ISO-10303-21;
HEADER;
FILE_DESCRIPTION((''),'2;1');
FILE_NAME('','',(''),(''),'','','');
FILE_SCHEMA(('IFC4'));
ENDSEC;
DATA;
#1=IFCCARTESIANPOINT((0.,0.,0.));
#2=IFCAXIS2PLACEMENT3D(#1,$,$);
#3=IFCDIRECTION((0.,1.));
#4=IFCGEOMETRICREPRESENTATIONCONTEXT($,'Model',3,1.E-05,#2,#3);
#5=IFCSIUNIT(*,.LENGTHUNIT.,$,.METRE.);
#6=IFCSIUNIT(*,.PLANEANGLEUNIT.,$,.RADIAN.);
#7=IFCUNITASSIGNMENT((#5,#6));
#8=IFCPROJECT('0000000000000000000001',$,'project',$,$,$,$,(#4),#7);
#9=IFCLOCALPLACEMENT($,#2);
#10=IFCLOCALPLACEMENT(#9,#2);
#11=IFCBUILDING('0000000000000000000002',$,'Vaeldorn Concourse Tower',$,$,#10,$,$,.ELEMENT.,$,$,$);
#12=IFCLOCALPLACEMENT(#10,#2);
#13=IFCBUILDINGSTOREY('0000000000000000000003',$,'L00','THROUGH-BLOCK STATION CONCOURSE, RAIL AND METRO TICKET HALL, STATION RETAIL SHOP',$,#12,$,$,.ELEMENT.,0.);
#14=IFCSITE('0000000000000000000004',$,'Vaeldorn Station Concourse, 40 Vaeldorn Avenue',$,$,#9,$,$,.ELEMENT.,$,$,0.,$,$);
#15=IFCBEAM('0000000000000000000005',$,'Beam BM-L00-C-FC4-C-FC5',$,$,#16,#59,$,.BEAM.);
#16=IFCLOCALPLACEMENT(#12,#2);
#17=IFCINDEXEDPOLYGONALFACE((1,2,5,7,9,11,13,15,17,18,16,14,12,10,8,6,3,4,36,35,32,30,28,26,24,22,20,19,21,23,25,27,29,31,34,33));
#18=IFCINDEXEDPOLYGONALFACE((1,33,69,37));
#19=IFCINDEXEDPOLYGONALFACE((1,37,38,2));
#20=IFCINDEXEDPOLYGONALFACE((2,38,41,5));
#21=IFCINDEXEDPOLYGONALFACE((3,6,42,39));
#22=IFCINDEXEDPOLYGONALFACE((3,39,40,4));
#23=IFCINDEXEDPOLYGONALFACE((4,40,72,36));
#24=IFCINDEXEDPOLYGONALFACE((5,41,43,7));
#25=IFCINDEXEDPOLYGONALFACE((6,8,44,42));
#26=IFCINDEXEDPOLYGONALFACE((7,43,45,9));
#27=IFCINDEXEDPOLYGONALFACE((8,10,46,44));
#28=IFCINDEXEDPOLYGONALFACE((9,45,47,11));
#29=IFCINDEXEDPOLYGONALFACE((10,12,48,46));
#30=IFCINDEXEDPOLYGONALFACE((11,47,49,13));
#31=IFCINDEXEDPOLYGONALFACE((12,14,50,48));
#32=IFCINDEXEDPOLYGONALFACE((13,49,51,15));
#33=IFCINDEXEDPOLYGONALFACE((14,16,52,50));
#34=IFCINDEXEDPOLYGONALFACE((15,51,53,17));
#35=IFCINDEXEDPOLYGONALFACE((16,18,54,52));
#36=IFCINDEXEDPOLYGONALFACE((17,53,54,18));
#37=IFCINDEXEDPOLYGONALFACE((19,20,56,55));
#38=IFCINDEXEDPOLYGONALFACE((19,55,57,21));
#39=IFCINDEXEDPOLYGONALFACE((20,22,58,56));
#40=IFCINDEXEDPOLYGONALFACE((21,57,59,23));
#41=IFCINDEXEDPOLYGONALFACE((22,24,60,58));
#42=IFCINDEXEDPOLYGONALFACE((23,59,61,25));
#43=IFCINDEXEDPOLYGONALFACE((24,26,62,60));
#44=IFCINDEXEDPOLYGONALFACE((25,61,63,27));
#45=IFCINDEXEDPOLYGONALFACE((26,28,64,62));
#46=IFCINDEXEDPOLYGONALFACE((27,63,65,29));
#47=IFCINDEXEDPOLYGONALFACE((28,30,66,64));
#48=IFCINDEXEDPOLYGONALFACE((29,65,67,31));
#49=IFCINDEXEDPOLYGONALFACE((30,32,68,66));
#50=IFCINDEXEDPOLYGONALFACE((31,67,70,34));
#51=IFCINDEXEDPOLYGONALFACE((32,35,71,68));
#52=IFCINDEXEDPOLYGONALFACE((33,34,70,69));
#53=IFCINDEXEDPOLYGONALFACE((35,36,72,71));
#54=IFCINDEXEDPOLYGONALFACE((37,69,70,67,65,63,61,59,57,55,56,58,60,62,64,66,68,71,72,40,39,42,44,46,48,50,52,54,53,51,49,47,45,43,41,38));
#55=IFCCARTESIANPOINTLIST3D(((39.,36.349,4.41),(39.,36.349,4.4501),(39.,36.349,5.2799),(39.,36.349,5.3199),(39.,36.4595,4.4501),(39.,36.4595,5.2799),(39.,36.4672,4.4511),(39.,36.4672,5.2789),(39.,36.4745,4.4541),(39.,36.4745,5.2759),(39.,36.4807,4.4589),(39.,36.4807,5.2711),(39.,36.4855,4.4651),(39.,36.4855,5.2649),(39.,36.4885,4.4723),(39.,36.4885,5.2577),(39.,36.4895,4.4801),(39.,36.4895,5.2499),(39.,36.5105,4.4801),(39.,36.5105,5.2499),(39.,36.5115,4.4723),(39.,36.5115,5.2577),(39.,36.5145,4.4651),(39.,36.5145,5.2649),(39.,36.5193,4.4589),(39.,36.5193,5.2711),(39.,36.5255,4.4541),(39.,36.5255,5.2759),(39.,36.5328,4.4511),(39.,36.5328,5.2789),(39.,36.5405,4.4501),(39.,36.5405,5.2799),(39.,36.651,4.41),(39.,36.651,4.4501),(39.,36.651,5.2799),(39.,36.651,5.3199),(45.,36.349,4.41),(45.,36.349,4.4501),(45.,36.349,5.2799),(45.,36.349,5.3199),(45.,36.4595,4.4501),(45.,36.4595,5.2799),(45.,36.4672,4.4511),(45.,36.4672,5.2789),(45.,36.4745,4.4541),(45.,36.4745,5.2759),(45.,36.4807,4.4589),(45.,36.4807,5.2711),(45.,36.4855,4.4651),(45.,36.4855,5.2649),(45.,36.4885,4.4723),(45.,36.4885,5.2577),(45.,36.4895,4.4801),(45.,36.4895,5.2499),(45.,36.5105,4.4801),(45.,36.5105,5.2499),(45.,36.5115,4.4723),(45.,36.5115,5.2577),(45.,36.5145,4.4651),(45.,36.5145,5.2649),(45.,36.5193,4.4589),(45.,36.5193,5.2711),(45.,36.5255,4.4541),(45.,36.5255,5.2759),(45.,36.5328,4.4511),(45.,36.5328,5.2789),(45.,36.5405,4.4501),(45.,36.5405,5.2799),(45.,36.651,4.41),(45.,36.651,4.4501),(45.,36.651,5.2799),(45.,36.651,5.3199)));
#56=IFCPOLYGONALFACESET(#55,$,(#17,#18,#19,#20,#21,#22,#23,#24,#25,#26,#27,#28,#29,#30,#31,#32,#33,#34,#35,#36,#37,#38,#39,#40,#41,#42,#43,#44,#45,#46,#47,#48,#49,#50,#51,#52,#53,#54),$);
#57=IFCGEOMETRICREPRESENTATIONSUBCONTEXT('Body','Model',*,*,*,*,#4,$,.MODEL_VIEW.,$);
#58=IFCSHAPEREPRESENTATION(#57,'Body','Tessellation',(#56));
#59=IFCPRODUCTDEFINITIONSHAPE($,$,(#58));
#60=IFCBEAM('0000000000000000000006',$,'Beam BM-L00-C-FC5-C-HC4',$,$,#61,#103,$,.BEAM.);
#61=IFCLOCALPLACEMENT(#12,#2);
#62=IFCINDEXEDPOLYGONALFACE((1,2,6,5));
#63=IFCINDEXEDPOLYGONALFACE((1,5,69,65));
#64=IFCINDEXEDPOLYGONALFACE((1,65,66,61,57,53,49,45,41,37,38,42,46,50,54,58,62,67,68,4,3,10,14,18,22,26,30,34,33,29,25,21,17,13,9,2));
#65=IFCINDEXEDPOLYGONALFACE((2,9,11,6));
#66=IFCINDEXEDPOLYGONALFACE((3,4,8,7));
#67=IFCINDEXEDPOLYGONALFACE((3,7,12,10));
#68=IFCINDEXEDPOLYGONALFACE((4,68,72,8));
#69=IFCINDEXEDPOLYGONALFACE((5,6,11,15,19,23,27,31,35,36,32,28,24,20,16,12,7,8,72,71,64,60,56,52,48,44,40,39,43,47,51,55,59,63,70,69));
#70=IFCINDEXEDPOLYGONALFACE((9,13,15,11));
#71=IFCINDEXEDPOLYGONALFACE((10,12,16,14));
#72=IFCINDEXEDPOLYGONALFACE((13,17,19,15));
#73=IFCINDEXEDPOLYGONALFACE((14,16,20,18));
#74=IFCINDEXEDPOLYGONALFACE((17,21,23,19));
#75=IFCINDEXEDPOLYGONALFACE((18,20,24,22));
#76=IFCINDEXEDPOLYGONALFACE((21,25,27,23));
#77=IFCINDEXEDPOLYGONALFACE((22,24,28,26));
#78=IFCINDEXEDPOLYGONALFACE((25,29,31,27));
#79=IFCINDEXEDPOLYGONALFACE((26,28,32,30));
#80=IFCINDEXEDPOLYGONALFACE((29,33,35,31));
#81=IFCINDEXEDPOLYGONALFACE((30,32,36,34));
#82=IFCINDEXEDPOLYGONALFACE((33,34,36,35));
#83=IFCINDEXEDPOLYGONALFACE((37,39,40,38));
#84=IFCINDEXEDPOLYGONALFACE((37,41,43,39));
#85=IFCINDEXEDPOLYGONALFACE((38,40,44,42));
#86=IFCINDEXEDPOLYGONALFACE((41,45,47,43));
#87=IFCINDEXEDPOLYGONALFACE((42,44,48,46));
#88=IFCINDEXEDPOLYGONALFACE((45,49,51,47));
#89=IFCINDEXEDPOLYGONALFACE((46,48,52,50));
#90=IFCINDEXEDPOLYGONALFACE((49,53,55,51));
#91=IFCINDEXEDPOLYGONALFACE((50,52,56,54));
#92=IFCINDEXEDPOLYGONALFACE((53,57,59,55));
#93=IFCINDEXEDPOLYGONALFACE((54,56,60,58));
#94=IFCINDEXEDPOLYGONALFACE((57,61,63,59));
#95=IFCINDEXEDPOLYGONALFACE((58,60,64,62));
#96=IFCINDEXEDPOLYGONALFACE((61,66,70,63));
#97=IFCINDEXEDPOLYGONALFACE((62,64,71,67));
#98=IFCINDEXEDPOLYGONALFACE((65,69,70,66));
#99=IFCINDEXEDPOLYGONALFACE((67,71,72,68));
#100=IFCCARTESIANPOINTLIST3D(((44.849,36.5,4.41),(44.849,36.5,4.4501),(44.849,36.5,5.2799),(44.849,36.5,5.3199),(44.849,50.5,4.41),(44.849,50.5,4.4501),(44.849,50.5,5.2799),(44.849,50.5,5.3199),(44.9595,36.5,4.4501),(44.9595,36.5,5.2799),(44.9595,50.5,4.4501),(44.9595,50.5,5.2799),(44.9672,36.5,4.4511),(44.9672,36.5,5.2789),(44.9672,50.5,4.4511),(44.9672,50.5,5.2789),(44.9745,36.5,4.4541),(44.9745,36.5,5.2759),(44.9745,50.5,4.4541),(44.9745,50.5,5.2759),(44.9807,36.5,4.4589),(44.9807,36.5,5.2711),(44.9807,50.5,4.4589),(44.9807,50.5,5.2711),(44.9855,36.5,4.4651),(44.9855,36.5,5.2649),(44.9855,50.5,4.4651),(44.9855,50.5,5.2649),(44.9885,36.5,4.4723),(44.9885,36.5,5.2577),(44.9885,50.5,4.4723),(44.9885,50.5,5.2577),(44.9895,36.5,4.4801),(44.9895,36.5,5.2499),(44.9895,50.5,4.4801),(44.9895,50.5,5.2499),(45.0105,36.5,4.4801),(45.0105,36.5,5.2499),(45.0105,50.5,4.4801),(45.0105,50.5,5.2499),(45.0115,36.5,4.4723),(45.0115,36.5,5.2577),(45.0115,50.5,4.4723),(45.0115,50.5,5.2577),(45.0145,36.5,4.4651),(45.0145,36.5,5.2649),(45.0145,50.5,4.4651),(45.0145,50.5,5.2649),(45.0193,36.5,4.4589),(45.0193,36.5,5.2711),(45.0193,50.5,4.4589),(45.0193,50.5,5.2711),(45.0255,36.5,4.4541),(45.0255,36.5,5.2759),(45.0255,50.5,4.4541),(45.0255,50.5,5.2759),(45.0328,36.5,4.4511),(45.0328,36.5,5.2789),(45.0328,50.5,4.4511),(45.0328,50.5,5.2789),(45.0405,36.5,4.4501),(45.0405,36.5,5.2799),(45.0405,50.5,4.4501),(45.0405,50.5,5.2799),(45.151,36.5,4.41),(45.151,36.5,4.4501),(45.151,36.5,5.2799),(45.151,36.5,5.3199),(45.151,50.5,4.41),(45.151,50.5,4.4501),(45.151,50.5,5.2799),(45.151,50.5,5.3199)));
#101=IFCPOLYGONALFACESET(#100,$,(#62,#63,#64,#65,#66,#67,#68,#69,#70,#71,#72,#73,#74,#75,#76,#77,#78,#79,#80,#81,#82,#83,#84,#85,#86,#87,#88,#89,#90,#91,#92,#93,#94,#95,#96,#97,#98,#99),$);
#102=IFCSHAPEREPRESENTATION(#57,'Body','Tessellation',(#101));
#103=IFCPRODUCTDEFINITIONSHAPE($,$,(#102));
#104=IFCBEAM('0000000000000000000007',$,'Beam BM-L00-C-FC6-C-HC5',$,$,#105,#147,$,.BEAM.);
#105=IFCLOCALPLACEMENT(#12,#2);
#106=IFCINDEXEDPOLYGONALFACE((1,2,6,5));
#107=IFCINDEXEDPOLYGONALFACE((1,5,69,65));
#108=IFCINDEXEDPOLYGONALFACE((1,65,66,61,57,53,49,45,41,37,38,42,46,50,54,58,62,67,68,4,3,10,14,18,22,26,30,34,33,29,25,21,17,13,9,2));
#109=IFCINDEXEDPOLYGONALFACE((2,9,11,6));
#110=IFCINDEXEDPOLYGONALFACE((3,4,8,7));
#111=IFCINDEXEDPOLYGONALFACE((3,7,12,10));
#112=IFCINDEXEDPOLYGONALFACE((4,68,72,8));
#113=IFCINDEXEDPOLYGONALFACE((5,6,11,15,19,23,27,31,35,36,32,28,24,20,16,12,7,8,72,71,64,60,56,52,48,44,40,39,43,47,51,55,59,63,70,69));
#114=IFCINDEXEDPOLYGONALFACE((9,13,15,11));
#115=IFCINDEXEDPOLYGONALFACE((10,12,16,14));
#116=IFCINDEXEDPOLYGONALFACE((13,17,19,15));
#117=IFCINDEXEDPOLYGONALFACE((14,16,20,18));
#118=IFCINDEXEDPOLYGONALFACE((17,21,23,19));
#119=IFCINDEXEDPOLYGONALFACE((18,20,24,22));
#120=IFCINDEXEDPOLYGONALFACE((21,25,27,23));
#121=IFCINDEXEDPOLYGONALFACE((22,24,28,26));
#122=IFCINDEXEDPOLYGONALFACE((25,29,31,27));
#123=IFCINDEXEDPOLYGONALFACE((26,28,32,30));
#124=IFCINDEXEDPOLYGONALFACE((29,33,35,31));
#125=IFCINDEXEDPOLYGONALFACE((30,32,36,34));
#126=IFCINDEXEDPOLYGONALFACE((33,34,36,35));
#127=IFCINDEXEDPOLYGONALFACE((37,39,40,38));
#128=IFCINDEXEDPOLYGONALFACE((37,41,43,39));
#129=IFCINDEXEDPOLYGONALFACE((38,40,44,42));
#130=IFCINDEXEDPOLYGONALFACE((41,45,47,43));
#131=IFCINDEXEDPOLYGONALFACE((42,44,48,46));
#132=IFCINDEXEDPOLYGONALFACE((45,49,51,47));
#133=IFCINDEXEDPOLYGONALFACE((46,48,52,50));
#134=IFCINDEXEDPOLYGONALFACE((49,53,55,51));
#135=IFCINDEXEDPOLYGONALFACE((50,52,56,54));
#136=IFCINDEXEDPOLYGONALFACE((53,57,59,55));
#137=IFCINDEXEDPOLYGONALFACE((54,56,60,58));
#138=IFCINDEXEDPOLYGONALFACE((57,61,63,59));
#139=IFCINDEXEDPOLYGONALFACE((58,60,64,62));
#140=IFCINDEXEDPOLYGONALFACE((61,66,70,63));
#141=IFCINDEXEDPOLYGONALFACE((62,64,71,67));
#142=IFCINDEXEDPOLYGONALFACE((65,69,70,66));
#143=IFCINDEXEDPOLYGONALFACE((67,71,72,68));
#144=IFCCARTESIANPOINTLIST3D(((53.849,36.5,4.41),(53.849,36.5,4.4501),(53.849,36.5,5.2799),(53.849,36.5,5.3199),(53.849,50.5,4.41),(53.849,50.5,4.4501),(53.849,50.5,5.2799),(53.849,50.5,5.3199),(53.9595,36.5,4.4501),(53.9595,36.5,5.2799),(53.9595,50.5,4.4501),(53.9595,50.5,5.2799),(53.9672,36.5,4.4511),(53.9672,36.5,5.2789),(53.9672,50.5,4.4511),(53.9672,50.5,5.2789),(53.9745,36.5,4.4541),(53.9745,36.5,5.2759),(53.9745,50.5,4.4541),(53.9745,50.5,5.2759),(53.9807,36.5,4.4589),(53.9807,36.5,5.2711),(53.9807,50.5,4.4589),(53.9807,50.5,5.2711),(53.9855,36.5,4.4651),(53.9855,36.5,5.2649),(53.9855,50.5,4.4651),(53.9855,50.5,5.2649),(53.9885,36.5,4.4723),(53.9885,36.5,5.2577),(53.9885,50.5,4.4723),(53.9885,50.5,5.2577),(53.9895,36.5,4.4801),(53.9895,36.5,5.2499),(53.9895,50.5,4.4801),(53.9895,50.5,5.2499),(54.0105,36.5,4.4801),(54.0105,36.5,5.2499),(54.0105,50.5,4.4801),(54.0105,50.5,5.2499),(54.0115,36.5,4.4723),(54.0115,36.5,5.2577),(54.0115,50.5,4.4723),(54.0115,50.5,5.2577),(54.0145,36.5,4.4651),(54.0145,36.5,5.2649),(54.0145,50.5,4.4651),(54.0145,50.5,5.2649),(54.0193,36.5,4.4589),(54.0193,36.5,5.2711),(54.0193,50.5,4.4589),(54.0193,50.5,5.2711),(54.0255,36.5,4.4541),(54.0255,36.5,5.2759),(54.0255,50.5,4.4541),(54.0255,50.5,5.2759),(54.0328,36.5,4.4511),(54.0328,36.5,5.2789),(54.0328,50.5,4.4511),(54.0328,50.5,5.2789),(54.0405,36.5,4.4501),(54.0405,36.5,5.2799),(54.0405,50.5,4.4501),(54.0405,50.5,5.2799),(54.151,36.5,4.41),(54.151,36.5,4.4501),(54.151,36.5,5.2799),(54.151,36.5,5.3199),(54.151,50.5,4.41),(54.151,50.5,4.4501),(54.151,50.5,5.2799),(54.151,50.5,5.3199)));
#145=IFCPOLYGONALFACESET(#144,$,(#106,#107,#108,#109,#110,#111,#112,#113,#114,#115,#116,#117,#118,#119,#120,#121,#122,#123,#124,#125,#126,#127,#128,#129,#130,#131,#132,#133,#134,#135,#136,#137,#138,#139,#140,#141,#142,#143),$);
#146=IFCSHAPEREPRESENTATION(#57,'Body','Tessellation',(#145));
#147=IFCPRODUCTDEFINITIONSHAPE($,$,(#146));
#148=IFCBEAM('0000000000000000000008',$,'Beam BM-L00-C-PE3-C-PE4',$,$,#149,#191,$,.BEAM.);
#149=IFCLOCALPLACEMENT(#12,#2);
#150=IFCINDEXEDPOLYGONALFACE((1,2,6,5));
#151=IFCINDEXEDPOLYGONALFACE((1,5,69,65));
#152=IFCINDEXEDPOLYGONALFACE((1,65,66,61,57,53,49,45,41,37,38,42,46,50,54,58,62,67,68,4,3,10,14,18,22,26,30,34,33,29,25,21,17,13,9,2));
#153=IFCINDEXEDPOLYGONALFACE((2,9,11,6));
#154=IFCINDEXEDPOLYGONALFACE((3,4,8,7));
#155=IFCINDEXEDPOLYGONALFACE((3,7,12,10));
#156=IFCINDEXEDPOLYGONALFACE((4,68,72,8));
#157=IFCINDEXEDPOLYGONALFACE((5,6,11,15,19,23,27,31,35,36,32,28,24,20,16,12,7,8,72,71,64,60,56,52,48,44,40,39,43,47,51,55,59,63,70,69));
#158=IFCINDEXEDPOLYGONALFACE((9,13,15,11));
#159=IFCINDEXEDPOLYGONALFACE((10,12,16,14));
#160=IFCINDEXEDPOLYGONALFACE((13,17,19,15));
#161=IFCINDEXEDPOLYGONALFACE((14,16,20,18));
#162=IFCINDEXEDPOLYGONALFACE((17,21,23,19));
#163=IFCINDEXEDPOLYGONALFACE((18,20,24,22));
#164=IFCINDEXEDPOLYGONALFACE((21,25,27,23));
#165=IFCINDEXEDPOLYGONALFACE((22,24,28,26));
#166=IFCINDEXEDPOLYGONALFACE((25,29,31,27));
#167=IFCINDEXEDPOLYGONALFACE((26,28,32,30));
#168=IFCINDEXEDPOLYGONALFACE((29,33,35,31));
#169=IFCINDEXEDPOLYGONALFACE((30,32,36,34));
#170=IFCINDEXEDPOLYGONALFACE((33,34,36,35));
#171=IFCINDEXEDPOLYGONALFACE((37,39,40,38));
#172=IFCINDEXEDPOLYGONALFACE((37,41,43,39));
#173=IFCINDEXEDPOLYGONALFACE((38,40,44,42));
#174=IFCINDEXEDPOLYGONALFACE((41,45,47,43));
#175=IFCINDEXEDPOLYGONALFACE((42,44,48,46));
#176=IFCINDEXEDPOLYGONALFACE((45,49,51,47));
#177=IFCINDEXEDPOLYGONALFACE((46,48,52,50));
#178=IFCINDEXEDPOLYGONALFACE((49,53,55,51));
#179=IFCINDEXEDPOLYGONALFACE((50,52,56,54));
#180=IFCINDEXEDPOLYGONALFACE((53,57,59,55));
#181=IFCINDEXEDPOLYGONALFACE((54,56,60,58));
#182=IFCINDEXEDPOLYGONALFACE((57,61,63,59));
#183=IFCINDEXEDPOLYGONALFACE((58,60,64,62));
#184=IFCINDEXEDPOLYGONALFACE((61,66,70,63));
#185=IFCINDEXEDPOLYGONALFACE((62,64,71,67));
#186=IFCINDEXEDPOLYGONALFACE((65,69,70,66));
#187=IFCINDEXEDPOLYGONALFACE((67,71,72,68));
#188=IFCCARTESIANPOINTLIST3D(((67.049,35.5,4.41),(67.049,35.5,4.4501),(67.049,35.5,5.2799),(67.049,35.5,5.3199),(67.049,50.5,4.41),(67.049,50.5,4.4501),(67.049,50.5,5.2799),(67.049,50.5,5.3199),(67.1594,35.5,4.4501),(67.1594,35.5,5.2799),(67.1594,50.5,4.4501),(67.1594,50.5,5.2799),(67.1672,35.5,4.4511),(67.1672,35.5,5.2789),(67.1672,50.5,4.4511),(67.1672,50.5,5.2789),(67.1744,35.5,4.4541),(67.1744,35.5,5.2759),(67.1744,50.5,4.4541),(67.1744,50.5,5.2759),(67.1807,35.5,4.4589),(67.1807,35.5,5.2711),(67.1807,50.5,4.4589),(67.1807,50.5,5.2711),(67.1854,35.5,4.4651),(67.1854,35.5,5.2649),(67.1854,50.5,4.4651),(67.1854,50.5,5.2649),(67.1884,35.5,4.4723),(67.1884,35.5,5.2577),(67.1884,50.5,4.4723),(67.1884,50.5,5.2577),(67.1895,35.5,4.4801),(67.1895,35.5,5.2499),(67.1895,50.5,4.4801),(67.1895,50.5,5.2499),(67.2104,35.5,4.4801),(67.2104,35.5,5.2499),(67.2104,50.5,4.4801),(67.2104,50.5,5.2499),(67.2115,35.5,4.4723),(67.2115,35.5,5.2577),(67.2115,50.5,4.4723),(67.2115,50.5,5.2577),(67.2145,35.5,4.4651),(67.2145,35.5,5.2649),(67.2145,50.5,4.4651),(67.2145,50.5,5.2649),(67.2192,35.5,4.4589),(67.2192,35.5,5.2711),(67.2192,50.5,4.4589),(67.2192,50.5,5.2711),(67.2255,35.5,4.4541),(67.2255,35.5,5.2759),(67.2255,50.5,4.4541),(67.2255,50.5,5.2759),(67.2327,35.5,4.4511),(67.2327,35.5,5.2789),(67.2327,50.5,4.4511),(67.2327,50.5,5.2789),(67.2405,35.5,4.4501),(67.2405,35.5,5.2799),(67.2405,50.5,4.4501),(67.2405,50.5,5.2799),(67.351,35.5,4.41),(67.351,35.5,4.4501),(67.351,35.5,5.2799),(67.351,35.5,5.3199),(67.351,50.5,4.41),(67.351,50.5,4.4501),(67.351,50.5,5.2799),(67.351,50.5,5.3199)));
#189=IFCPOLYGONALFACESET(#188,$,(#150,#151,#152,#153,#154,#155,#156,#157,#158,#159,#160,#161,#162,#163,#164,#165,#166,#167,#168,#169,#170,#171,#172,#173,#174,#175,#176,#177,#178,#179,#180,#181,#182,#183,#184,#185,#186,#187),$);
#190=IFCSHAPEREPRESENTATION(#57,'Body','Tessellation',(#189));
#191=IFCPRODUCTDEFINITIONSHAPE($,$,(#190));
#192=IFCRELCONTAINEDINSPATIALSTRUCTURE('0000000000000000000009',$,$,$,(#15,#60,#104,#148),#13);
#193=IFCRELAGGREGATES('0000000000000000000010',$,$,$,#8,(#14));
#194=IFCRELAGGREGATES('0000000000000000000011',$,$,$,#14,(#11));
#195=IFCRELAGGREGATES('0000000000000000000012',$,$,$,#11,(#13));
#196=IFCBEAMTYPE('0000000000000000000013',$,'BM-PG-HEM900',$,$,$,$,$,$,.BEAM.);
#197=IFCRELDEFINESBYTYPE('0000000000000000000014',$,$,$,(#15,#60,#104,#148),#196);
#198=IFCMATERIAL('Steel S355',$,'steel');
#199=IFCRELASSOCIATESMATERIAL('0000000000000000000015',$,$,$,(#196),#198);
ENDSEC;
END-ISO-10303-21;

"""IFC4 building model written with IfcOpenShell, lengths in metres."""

from ifc_helpers import new_model, si_unit, direction, frame, origin, origin_2d, place, context, subcontext, project, spatial, i_section, extrude, source, transform, mapped, material, material_profile, profile_set, type_object, element, save


model = new_model("IFC4")

# Units and contexts
model_context = context("Model", 3, precision=1e-05, world=origin(), true_north=direction((0.0, 1.0)))
body_context = subcontext(model_context, "Body", "Model", "MODEL_VIEW")
ifc_project = project(units=[si_unit("LENGTHUNIT", "METRE"), si_unit("PLANEANGLEUNIT", "RADIAN")], contexts=[model_context])

# Site, building, storey
site_placement = place(None, origin())
site = spatial("IfcSite", under=ifc_project, at=site_placement, Name="Vaeldorn Station Concourse, 40 Vaeldorn Avenue", CompositionType="ELEMENT", RefElevation=0.0)
building_placement = place(site_placement, origin())
building = spatial("IfcBuilding", under=site, at=building_placement, Name="Vaeldorn Concourse Tower", CompositionType="ELEMENT")
storey_placement = place(building_placement, origin())
storey = spatial("IfcBuildingStorey", under=building, at=storey_placement, Name="L00", Description="THROUGH-BLOCK STATION CONCOURSE, RAIL AND METRO TICKET HALL, STATION RETAIL SHOP", CompositionType="ELEMENT", Elevation=0.0)

# Beams
ifc_material_1 = material(Name="Steel S355", Category="steel")
ifc_material_profile_1 = material_profile(ifc_material_1, i_section(OverallWidth=0.302, OverallDepth=0.9099, WebThickness=0.021, FlangeThickness=0.04, FilletRadius=0.03, at=origin_2d()), Name="HEM 900")
ifc_profile_set_1 = profile_set([ifc_material_profile_1], Name="Steel S355")
beam_type_1 = type_object("IfcBeamType", Name="BM-PG-HEM900", PredefinedType="BEAM", material=ifc_profile_set_1)
shared_shape_1 = source(origin(), body_context, "Body", "SweptSolid", [
    extrude(i_section(OverallWidth=0.302, OverallDepth=0.9099, WebThickness=0.021, FlangeThickness=0.04, FilletRadius=0.03, at=origin_2d()), origin(), (0.0, 0.0, 1.0), 6.0),
])
beam_1_placement = place(storey_placement, frame((39.0, 36.5, 4.865), z_axis=(1.0, 0.0, 0.0), x_axis=(0.0, 1.0, 0.0)))
element("IfcBeam", 1, at=beam_1_placement, inside=storey, type_object=beam_type_1, Name="Beam BM-L00-C-FC4-C-FC5", PredefinedType="BEAM", context=body_context, shape_type="MappedRepresentation", body=[
    mapped(shared_shape_1, transform((0.0, 0.0, 0.0), scale=1.0)),
])
shared_shape_2 = source(origin(), body_context, "Body", "SweptSolid", [
    extrude(i_section(OverallWidth=0.302, OverallDepth=0.9099, WebThickness=0.021, FlangeThickness=0.04, FilletRadius=0.03, at=origin_2d()), origin(), (0.0, 0.0, 1.0), 14.0),
])
for number, where, z_axis, x_axis, name in (
    (2, (45.0, 36.5, 4.865), (0.0, 1.0, 0.0), (-1.0, 0.0, 0.0), "Beam BM-L00-C-FC5-C-HC4"),
    (3, (54.0, 36.5, 4.865), (0.0, 1.0, 0.0), (-1.0, 0.0, 0.0), "Beam BM-L00-C-FC6-C-HC5"),
):
    element("IfcBeam", number, at=place(storey_placement, frame(where, z_axis=z_axis, x_axis=x_axis)), inside=storey, type_object=beam_type_1, Name=name, PredefinedType="BEAM", context=body_context, shape_type="MappedRepresentation", body=[
        mapped(shared_shape_2, transform((0.0, 0.0, 0.0), scale=1.0)),
    ])
shared_shape_3 = source(origin(), body_context, "Body", "SweptSolid", [
    extrude(i_section(OverallWidth=0.302, OverallDepth=0.9099, WebThickness=0.021, FlangeThickness=0.04, FilletRadius=0.03, at=origin_2d()), origin(), (0.0, 0.0, 1.0), 15.0),
])
beam_2_placement = place(storey_placement, frame((67.2, 35.5, 4.865), z_axis=(0.0, 1.0, 0.0), x_axis=(-1.0, 0.0, 0.0)))
element("IfcBeam", 4, at=beam_2_placement, inside=storey, type_object=beam_type_1, Name="Beam BM-L00-C-PE3-C-PE4", PredefinedType="BEAM", context=body_context, shape_type="MappedRepresentation", body=[
    mapped(shared_shape_3, transform((0.0, 0.0, 0.0), scale=1.0)),
])

save(model, "model.ifc")
